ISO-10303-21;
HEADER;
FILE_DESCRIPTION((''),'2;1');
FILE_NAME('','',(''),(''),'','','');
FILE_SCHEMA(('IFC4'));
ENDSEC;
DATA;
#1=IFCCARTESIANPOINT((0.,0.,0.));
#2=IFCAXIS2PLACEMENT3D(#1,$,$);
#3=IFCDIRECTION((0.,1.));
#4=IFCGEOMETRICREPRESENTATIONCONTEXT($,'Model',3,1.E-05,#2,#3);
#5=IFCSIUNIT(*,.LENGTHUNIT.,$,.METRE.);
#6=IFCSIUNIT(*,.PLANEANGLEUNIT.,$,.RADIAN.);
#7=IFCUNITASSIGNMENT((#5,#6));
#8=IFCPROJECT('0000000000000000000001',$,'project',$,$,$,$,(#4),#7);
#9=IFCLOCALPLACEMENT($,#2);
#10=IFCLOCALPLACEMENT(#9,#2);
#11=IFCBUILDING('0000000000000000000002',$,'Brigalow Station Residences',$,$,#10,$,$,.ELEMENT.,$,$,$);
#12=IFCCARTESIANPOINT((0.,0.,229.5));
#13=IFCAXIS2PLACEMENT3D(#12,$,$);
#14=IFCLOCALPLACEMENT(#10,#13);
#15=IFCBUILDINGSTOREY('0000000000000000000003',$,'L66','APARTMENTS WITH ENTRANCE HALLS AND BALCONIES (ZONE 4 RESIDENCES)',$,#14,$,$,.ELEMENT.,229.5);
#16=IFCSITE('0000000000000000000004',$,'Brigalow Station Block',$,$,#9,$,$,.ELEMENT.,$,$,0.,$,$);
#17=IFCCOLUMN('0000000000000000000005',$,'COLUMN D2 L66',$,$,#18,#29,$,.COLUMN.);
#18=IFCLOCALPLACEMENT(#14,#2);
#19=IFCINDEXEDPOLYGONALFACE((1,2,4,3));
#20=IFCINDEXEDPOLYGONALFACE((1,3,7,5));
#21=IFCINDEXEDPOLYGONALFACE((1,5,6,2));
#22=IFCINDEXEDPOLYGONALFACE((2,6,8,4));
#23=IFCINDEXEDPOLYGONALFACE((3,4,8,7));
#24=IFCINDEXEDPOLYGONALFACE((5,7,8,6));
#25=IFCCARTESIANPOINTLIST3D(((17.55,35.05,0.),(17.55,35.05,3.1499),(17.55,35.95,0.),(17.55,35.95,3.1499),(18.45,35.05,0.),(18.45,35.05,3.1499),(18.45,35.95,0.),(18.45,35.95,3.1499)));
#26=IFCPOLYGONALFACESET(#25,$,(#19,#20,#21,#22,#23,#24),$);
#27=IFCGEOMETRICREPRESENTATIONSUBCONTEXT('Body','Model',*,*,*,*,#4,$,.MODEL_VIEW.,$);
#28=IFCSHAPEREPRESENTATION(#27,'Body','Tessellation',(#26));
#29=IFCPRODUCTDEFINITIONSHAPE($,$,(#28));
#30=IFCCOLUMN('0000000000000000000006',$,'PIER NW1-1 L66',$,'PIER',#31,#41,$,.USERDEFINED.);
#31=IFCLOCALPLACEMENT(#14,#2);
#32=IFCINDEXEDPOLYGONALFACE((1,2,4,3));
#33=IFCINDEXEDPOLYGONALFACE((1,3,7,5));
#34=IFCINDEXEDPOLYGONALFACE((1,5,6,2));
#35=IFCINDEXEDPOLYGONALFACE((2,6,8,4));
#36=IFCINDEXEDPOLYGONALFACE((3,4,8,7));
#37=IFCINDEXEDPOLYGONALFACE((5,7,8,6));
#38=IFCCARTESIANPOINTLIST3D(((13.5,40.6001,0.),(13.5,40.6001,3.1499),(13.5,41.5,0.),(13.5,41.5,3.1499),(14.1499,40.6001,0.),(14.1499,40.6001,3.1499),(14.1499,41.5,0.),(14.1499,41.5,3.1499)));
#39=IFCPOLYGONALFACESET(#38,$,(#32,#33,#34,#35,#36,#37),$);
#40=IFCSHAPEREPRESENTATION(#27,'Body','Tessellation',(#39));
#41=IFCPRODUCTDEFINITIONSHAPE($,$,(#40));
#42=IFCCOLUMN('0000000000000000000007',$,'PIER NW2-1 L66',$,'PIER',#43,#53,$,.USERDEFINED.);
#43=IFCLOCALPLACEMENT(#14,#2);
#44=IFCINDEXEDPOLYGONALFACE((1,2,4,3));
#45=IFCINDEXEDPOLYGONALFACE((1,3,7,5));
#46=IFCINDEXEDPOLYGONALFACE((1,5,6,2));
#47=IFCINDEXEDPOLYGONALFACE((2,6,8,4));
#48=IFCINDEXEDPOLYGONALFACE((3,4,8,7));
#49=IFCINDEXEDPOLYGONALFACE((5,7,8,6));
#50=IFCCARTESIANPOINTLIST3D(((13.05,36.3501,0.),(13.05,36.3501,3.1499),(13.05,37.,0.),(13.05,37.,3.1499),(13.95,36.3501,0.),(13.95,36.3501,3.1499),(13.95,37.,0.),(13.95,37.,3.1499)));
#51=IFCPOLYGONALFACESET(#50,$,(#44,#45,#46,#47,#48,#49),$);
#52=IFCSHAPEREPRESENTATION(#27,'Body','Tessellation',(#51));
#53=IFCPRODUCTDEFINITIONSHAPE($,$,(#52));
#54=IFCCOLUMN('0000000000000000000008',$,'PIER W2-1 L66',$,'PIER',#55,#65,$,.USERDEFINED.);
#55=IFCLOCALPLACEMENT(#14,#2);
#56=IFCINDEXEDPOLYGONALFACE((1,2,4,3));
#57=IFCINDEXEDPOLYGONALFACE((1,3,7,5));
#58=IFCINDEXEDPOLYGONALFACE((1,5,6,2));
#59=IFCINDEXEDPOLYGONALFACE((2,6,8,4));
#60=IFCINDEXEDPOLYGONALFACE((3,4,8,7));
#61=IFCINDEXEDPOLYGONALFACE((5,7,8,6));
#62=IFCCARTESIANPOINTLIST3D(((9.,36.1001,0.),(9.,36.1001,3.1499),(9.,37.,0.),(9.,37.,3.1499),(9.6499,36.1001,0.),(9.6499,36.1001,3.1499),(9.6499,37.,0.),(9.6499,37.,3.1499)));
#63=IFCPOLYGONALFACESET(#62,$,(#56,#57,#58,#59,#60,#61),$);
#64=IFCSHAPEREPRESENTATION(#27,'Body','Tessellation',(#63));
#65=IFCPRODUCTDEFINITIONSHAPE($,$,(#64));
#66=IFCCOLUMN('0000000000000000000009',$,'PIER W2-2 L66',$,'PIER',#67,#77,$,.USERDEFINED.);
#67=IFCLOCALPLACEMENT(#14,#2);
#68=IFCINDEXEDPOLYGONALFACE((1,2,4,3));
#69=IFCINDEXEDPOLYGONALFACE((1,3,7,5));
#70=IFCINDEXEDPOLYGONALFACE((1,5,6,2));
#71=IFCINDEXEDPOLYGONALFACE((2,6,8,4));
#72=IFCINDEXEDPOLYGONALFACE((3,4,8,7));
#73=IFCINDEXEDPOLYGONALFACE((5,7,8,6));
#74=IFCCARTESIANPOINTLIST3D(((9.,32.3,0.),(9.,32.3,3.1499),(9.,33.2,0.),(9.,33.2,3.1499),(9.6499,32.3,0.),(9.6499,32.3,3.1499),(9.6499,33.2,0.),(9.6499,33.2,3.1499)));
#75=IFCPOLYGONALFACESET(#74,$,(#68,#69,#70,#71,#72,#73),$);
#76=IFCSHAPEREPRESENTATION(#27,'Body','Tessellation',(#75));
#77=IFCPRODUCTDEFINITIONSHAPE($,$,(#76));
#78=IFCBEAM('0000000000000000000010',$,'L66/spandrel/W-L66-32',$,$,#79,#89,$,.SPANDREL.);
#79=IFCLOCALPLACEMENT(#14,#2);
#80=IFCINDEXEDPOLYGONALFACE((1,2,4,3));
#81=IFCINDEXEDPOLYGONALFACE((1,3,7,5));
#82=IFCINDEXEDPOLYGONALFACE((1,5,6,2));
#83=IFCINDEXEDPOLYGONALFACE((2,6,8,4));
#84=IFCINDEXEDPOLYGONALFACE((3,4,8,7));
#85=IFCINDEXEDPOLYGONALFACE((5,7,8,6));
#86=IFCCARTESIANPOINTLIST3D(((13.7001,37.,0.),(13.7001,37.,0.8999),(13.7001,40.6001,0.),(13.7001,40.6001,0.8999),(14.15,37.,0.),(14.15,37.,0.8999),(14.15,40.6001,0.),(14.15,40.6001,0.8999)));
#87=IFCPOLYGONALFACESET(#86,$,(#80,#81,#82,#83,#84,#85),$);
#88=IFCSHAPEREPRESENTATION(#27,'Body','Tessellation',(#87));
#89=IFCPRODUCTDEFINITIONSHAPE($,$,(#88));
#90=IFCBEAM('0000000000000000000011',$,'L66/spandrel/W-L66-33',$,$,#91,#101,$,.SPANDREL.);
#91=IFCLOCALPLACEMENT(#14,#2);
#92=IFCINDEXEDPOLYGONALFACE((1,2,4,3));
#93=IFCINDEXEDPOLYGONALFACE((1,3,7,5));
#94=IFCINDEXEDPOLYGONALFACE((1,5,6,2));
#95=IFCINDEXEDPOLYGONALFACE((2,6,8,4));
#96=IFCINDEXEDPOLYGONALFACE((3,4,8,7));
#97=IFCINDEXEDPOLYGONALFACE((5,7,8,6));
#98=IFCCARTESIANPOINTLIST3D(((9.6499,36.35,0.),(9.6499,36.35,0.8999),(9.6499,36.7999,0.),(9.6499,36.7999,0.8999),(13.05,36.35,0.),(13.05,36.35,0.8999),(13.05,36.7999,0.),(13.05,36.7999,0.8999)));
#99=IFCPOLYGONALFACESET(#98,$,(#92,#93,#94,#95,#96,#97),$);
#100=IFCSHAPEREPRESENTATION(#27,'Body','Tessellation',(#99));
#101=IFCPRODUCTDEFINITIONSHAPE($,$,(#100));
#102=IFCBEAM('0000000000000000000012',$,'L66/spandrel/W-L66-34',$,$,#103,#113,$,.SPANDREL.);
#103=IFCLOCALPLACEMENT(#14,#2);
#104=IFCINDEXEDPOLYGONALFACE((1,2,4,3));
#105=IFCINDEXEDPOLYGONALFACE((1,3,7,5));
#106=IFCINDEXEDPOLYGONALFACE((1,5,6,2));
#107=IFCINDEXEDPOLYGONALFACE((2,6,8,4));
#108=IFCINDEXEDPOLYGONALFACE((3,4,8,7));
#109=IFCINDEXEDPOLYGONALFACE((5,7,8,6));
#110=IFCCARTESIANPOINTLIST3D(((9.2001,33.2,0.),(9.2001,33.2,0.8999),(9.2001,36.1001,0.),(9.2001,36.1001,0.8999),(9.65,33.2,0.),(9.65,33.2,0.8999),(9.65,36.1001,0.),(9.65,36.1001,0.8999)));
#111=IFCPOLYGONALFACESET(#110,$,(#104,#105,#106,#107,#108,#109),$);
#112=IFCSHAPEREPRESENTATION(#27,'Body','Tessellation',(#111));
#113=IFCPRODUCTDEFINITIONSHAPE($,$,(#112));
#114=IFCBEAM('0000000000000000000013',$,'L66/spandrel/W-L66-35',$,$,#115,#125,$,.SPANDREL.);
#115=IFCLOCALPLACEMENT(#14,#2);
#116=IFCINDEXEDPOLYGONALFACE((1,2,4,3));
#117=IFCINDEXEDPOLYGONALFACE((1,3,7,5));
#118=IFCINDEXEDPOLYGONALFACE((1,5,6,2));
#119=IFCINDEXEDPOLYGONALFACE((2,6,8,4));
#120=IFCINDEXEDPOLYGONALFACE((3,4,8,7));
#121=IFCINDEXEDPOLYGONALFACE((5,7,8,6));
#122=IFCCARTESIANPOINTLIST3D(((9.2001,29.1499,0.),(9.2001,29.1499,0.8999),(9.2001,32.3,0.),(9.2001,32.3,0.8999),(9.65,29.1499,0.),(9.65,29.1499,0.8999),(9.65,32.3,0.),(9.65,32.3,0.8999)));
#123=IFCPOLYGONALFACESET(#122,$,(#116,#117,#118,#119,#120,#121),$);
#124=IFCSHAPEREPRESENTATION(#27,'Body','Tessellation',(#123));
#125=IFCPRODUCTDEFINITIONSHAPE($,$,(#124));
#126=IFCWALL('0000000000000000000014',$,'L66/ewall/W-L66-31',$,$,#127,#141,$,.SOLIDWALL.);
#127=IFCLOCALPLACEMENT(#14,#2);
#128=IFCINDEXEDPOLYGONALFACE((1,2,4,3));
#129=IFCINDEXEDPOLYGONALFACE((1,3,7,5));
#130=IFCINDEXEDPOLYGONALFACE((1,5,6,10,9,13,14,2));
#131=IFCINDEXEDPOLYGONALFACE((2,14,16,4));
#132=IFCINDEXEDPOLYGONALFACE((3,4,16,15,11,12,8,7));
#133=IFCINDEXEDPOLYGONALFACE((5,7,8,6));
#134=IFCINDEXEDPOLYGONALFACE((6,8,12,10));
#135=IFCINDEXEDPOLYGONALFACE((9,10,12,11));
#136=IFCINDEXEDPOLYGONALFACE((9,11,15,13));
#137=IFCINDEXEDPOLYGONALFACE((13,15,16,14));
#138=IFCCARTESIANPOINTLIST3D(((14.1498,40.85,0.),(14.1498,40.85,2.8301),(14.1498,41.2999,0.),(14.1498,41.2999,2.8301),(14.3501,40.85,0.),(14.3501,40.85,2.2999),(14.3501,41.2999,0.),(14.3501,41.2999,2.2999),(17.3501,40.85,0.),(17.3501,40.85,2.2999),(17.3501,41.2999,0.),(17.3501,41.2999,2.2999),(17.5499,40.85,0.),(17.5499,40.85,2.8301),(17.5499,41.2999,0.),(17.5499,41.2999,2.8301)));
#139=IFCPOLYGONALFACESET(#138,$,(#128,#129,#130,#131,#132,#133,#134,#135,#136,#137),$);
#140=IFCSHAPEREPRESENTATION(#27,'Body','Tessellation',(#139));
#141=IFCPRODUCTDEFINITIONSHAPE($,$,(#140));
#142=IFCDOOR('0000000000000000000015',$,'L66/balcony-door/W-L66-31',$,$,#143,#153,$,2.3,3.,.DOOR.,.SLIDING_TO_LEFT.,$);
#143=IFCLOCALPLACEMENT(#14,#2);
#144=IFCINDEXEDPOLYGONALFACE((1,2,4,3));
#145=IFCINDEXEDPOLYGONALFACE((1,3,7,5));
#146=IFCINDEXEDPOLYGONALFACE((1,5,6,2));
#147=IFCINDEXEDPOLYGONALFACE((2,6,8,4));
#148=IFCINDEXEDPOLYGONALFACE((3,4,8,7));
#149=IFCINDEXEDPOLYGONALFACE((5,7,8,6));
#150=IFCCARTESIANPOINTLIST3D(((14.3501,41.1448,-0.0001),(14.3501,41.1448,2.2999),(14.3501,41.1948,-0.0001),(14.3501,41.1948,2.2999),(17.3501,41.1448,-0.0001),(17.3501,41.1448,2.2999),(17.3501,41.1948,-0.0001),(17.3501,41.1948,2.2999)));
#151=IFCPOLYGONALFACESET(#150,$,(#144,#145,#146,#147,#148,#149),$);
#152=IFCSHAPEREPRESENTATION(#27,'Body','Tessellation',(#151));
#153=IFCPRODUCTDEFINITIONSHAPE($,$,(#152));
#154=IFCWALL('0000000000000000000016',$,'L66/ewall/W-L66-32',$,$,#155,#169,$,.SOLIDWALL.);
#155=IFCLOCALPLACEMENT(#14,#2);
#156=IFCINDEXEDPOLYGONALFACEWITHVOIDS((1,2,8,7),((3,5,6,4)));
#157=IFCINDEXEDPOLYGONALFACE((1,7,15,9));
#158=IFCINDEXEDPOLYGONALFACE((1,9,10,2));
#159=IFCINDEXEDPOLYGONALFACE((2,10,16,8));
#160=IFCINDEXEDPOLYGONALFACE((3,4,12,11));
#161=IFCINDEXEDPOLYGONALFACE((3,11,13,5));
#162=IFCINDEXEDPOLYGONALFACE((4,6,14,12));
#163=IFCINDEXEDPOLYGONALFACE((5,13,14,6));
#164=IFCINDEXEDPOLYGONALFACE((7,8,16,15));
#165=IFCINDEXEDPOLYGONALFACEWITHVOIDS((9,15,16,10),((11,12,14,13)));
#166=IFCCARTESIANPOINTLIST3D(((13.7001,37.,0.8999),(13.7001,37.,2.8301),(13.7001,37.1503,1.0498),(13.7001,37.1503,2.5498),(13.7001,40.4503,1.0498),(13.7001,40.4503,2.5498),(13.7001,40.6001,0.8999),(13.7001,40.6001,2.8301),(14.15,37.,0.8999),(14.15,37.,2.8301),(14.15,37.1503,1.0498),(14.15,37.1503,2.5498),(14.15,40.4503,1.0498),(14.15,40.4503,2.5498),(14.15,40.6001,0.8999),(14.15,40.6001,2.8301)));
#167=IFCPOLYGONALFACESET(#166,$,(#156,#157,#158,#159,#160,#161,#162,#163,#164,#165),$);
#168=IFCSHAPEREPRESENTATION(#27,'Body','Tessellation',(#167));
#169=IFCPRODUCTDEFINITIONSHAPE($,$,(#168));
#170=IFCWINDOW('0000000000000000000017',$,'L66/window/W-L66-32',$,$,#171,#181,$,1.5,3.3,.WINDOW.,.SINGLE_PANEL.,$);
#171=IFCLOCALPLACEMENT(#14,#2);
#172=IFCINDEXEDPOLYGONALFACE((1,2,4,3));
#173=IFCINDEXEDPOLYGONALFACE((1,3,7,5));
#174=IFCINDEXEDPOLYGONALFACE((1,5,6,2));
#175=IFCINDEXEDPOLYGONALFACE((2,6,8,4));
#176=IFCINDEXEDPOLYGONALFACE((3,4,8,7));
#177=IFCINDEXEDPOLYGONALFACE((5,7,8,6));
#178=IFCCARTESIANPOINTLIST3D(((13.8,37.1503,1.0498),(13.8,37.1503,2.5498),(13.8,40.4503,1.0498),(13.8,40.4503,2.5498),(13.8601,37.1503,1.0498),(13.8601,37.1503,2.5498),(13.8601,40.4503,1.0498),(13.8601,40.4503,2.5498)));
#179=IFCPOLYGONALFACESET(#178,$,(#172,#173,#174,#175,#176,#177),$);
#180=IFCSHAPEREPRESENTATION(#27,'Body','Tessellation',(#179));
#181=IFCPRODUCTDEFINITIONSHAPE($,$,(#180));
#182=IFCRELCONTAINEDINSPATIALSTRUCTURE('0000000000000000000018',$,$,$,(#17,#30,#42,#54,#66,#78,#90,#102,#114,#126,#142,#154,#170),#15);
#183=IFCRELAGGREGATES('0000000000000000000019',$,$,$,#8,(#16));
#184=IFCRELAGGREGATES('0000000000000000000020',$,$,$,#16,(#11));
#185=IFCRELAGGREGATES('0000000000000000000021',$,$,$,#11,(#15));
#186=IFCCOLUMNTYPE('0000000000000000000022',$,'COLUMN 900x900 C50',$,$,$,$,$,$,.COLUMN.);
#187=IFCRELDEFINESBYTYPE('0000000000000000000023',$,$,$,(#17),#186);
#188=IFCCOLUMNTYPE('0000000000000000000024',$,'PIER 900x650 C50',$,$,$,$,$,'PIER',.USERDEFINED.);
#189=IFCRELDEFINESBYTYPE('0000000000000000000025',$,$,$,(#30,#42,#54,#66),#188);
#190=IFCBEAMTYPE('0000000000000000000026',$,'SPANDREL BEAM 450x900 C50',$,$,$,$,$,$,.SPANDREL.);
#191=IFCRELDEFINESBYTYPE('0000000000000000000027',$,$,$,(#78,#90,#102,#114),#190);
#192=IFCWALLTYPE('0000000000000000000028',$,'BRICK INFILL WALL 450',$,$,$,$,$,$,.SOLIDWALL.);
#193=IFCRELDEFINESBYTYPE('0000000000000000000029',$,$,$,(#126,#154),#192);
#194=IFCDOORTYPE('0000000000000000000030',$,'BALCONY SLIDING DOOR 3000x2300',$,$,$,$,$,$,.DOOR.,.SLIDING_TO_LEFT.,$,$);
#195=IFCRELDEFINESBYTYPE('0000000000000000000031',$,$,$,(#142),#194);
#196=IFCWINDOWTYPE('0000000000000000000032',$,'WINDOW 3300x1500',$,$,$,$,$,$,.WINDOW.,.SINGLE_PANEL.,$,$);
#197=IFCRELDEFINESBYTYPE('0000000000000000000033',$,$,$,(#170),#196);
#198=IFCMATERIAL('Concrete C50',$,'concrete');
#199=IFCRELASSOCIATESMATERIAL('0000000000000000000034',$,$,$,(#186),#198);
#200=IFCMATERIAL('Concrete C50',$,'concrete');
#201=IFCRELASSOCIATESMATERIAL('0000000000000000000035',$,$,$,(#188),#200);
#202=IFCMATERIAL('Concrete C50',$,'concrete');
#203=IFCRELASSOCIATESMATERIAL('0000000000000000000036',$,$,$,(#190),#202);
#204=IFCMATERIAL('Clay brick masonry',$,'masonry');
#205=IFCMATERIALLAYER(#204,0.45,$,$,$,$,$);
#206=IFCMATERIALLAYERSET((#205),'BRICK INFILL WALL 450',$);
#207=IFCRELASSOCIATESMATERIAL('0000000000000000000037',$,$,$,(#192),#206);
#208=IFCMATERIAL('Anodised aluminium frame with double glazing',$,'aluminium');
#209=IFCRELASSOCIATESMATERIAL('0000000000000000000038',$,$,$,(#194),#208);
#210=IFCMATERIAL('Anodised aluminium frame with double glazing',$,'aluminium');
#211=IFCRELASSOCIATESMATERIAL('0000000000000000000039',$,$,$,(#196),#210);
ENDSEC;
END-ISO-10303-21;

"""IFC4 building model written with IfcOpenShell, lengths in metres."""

from ifc_helpers import new_model, si_unit, direction, frame, frame_2d, origin, origin_2d, place, context, subcontext, project, spatial, rectangle, extrude, material, layer, layer_set, material_profile, profile_set, type_object, element, fill, save


model = new_model("IFC4")

# Units and contexts
model_context = context("Model", 3, precision=1e-05, world=origin(), true_north=direction((0.0, 1.0)))
body_context = subcontext(model_context, "Body", "Model", "MODEL_VIEW")
ifc_project = project(units=[si_unit("LENGTHUNIT", "METRE"), si_unit("PLANEANGLEUNIT", "RADIAN")], contexts=[model_context])

# Site, building, storey
site_placement = place(None, origin())
site = spatial("IfcSite", under=ifc_project, at=site_placement, Name="Brigalow Station Block", CompositionType="ELEMENT", RefElevation=0.0)
building_placement = place(site_placement, origin())
building = spatial("IfcBuilding", under=site, at=building_placement, Name="Brigalow Station Residences", CompositionType="ELEMENT")
storey_placement = place(building_placement, frame((0.0, 0.0, 229.5)))
storey = spatial("IfcBuildingStorey", under=building, at=storey_placement, Name="L66", Description="APARTMENTS WITH ENTRANCE HALLS AND BALCONIES (ZONE 4 RESIDENCES)", CompositionType="ELEMENT", Elevation=229.5)

# Columns
ifc_material_1 = material(Name="Concrete C50", Category="concrete")
ifc_material_profile_1 = material_profile(ifc_material_1, rectangle(XDim=0.8999, YDim=0.8999, at=origin_2d()), Name="RC900x900")
ifc_profile_set_1 = profile_set([ifc_material_profile_1], Name="Concrete C50")
column_type_1 = type_object("IfcColumnType", Name="COLUMN 900x900 C50", PredefinedType="COLUMN", material=ifc_profile_set_1)
column_placement = place(storey_placement, frame((18.0, 35.5, 0.0), z_axis=(0.0, 0.0, 1.0), x_axis=(1.0, 0.0, 0.0)))
element("IfcColumn", 1, at=column_placement, inside=storey, type_object=column_type_1, Name="COLUMN D2 L66", PredefinedType="COLUMN", context=body_context, shape_type="SweptSolid", body=[
    extrude(rectangle(XDim=0.8999, YDim=0.8999, at=origin_2d()), origin(), (0.0, 0.0, 1.0), 3.1499),
])
ifc_material_2 = material(Name="Concrete C50", Category="concrete")
ifc_material_profile_2 = material_profile(ifc_material_2, rectangle(XDim=0.8999, YDim=0.6499, at=origin_2d()), Name="RC900x650")
ifc_profile_set_2 = profile_set([ifc_material_profile_2], Name="Concrete C50")
column_type_2 = type_object("IfcColumnType", Name="PIER 900x650 C50", ElementType="PIER", PredefinedType="USERDEFINED", material=ifc_profile_set_2)
for number, where, z_axis, x_axis, name in (
    (2, (13.825, 41.05, 0.0), (0.0, 0.0, 1.0), (0.0, -1.0, 0.0), "PIER NW1-1 L66"),
    (3, (13.5, 36.675, 0.0), (0.0, 0.0, 1.0), (-1.0, 0.0, 0.0), "PIER NW2-1 L66"),
    (4, (9.325, 36.55, 0.0), (0.0, 0.0, 1.0), (0.0, -1.0, 0.0), "PIER W2-1 L66"),
    (5, (9.325, 32.75, 0.0), (0.0, 0.0, 1.0), (0.0, -1.0, 0.0), "PIER W2-2 L66"),
):
    element("IfcColumn", number, at=place(storey_placement, frame(where, z_axis=z_axis, x_axis=x_axis)), inside=storey, type_object=column_type_2, Name=name, ObjectType="PIER", PredefinedType="USERDEFINED", context=body_context, shape_type="SweptSolid", body=[
        extrude(rectangle(XDim=0.8999, YDim=0.6499, at=origin_2d()), origin(), (0.0, 0.0, 1.0), 3.1499),
    ])

# Beams
ifc_material_3 = material(Name="Concrete C50", Category="concrete")
ifc_material_profile_3 = material_profile(ifc_material_3, rectangle(XDim=0.45, YDim=0.8999, at=origin_2d()), Name="RC450x900")
ifc_profile_set_3 = profile_set([ifc_material_profile_3], Name="Concrete C50")
beam_type = type_object("IfcBeamType", Name="SPANDREL BEAM 450x900 C50", PredefinedType="SPANDREL", material=ifc_profile_set_3)
beam_1_placement = place(storey_placement, frame((13.925, 40.6001, 0.45), z_axis=(0.0, -1.0, 0.0), x_axis=(1.0, 0.0, 0.0)))
element("IfcBeam", 6, at=beam_1_placement, inside=storey, type_object=beam_type, Name="L66/spandrel/W-L66-32", PredefinedType="SPANDREL", context=body_context, shape_type="SweptSolid", body=[
    extrude(rectangle(XDim=0.45, YDim=0.8999, at=origin_2d()), origin(), (0.0, 0.0, 1.0), 3.6001),
])
beam_2_placement = place(storey_placement, frame((13.05, 36.575, 0.45), z_axis=(-1.0, 0.0, 0.0), x_axis=(0.0, -1.0, 0.0)))
element("IfcBeam", 7, at=beam_2_placement, inside=storey, type_object=beam_type, Name="L66/spandrel/W-L66-33", PredefinedType="SPANDREL", context=body_context, shape_type="SweptSolid", body=[
    extrude(rectangle(XDim=0.45, YDim=0.8999, at=origin_2d()), origin(), (0.0, 0.0, 1.0), 3.4001),
])
beam_3_placement = place(storey_placement, frame((9.425, 36.1001, 0.45), z_axis=(0.0, -1.0, 0.0), x_axis=(1.0, 0.0, 0.0)))
element("IfcBeam", 8, at=beam_3_placement, inside=storey, type_object=beam_type, Name="L66/spandrel/W-L66-34", PredefinedType="SPANDREL", context=body_context, shape_type="SweptSolid", body=[
    extrude(rectangle(XDim=0.45, YDim=0.8999, at=origin_2d()), origin(), (0.0, 0.0, 1.0), 2.9001),
])
beam_4_placement = place(storey_placement, frame((9.425, 32.3, 0.45), z_axis=(0.0, -1.0, 0.0), x_axis=(1.0, 0.0, 0.0)))
element("IfcBeam", 9, at=beam_4_placement, inside=storey, type_object=beam_type, Name="L66/spandrel/W-L66-35", PredefinedType="SPANDREL", context=body_context, shape_type="SweptSolid", body=[
    extrude(rectangle(XDim=0.45, YDim=0.8999, at=origin_2d()), origin(), (0.0, 0.0, 1.0), 3.1501),
])

# Wall, opening, door
ifc_material_4 = material(Name="Clay brick masonry", Category="masonry")
ifc_layer_1 = layer(ifc_material_4, 0.45)
ifc_layer_set_1 = layer_set([ifc_layer_1], Name="BRICK INFILL WALL 450")
wall_type_1 = type_object("IfcWallType", Name="BRICK INFILL WALL 450", PredefinedType="SOLIDWALL", material=ifc_layer_set_1)
wall_1_placement = place(storey_placement, frame((17.55, 41.075, 0.0), z_axis=(0.0, 0.0, 1.0), x_axis=(-1.0, 0.0, 0.0)))
wall_1 = element("IfcWall", 10, at=wall_1_placement, inside=storey, type_object=wall_type_1, Name="L66/ewall/W-L66-31", PredefinedType="SOLIDWALL", context=body_context, shape_type="SweptSolid", body=[
    extrude(rectangle(XDim=3.4001, YDim=0.45, at=frame_2d((1.7002, 0.0))), origin(), (0.0, 0.0, 1.0), 2.8301),
])
opening_1_placement = place(wall_1_placement, frame((0.2, 0.0, 0.0)))
opening_1 = element("IfcOpeningElement", 11, at=opening_1_placement, cuts=wall_1, PredefinedType="OPENING", context=body_context, shape_type="SweptSolid", body=[
    extrude(rectangle(XDim=3.0, YDim=2.3, at=frame_2d((1.5, 1.1499))), frame((0.0, 0.2349, 0.0), z_axis=(0.0, -1.0, 0.0), x_axis=(1.0, 0.0, 0.0)), (0.0, 0.0, 1.0), 0.47),
])
ifc_material_5 = material(Name="Anodised aluminium frame with double glazing", Category="aluminium")
door_type_1 = type_object("IfcDoorType", Name="BALCONY SLIDING DOOR 3000x2300", OperationType="SLIDING_TO_LEFT", PredefinedType="DOOR", material=ifc_material_5)
door_1_placement = place(opening_1_placement, origin())
door_1 = element("IfcDoor", 12, at=door_1_placement, inside=storey, type_object=door_type_1, Name="L66/balcony-door/W-L66-31", OperationType="SLIDING_TO_LEFT", OverallHeight=2.3, OverallWidth=3.0, PredefinedType="DOOR", context=body_context, shape_type="SweptSolid", body=[
    extrude(rectangle(XDim=3.0, YDim=2.3, at=frame_2d((1.5, 1.1499))), frame((0.0, -0.0698, 0.0), z_axis=(0.0, -1.0, 0.0), x_axis=(1.0, 0.0, 0.0)), (0.0, 0.0, 1.0), 0.05),
])
fill(opening_1, door_1)

# Wall, opening, window
wall_2_placement = place(storey_placement, frame((13.925, 40.6001, 0.8999), z_axis=(0.0, 0.0, 1.0), x_axis=(0.0, -1.0, 0.0)))
wall_2 = element("IfcWall", 13, at=wall_2_placement, inside=storey, type_object=wall_type_1, Name="L66/ewall/W-L66-32", PredefinedType="SOLIDWALL", context=body_context, shape_type="SweptSolid", body=[
    extrude(rectangle(XDim=3.6001, YDim=0.45, at=frame_2d((1.8, 0.0))), origin(), (0.0, 0.0, 1.0), 1.9302),
])
opening_2_placement = place(wall_2_placement, frame((0.1499, 0.0, 0.1499)))
opening_2 = element("IfcOpeningElement", 14, at=opening_2_placement, cuts=wall_2, PredefinedType="OPENING", context=body_context, shape_type="SweptSolid", body=[
    extrude(rectangle(XDim=3.3, YDim=1.5, at=frame_2d((1.6499, 0.75))), frame((0.0, 0.2349, 0.0), z_axis=(0.0, -1.0, 0.0), x_axis=(1.0, 0.0, 0.0)), (0.0, 0.0, 1.0), 0.47),
])
ifc_material_6 = material(Name="Anodised aluminium frame with double glazing", Category="aluminium")
window_type_1 = type_object("IfcWindowType", Name="WINDOW 3300x1500", PartitioningType="SINGLE_PANEL", PredefinedType="WINDOW", material=ifc_material_6)
window_1_placement = place(opening_2_placement, origin())
window_1 = element("IfcWindow", 15, at=window_1_placement, inside=storey, type_object=window_type_1, Name="L66/window/W-L66-32", OverallHeight=1.5, OverallWidth=3.3, PartitioningType="SINGLE_PANEL", PredefinedType="WINDOW", context=body_context, shape_type="SweptSolid", body=[
    extrude(rectangle(XDim=3.3, YDim=1.5, at=frame_2d((1.6499, 0.75))), frame((0.0, -0.0649, 0.0), z_axis=(0.0, -1.0, 0.0), x_axis=(1.0, 0.0, 0.0)), (0.0, 0.0, 1.0), 0.0601),
])
fill(opening_2, window_1)

save(model, "model.ifc")
